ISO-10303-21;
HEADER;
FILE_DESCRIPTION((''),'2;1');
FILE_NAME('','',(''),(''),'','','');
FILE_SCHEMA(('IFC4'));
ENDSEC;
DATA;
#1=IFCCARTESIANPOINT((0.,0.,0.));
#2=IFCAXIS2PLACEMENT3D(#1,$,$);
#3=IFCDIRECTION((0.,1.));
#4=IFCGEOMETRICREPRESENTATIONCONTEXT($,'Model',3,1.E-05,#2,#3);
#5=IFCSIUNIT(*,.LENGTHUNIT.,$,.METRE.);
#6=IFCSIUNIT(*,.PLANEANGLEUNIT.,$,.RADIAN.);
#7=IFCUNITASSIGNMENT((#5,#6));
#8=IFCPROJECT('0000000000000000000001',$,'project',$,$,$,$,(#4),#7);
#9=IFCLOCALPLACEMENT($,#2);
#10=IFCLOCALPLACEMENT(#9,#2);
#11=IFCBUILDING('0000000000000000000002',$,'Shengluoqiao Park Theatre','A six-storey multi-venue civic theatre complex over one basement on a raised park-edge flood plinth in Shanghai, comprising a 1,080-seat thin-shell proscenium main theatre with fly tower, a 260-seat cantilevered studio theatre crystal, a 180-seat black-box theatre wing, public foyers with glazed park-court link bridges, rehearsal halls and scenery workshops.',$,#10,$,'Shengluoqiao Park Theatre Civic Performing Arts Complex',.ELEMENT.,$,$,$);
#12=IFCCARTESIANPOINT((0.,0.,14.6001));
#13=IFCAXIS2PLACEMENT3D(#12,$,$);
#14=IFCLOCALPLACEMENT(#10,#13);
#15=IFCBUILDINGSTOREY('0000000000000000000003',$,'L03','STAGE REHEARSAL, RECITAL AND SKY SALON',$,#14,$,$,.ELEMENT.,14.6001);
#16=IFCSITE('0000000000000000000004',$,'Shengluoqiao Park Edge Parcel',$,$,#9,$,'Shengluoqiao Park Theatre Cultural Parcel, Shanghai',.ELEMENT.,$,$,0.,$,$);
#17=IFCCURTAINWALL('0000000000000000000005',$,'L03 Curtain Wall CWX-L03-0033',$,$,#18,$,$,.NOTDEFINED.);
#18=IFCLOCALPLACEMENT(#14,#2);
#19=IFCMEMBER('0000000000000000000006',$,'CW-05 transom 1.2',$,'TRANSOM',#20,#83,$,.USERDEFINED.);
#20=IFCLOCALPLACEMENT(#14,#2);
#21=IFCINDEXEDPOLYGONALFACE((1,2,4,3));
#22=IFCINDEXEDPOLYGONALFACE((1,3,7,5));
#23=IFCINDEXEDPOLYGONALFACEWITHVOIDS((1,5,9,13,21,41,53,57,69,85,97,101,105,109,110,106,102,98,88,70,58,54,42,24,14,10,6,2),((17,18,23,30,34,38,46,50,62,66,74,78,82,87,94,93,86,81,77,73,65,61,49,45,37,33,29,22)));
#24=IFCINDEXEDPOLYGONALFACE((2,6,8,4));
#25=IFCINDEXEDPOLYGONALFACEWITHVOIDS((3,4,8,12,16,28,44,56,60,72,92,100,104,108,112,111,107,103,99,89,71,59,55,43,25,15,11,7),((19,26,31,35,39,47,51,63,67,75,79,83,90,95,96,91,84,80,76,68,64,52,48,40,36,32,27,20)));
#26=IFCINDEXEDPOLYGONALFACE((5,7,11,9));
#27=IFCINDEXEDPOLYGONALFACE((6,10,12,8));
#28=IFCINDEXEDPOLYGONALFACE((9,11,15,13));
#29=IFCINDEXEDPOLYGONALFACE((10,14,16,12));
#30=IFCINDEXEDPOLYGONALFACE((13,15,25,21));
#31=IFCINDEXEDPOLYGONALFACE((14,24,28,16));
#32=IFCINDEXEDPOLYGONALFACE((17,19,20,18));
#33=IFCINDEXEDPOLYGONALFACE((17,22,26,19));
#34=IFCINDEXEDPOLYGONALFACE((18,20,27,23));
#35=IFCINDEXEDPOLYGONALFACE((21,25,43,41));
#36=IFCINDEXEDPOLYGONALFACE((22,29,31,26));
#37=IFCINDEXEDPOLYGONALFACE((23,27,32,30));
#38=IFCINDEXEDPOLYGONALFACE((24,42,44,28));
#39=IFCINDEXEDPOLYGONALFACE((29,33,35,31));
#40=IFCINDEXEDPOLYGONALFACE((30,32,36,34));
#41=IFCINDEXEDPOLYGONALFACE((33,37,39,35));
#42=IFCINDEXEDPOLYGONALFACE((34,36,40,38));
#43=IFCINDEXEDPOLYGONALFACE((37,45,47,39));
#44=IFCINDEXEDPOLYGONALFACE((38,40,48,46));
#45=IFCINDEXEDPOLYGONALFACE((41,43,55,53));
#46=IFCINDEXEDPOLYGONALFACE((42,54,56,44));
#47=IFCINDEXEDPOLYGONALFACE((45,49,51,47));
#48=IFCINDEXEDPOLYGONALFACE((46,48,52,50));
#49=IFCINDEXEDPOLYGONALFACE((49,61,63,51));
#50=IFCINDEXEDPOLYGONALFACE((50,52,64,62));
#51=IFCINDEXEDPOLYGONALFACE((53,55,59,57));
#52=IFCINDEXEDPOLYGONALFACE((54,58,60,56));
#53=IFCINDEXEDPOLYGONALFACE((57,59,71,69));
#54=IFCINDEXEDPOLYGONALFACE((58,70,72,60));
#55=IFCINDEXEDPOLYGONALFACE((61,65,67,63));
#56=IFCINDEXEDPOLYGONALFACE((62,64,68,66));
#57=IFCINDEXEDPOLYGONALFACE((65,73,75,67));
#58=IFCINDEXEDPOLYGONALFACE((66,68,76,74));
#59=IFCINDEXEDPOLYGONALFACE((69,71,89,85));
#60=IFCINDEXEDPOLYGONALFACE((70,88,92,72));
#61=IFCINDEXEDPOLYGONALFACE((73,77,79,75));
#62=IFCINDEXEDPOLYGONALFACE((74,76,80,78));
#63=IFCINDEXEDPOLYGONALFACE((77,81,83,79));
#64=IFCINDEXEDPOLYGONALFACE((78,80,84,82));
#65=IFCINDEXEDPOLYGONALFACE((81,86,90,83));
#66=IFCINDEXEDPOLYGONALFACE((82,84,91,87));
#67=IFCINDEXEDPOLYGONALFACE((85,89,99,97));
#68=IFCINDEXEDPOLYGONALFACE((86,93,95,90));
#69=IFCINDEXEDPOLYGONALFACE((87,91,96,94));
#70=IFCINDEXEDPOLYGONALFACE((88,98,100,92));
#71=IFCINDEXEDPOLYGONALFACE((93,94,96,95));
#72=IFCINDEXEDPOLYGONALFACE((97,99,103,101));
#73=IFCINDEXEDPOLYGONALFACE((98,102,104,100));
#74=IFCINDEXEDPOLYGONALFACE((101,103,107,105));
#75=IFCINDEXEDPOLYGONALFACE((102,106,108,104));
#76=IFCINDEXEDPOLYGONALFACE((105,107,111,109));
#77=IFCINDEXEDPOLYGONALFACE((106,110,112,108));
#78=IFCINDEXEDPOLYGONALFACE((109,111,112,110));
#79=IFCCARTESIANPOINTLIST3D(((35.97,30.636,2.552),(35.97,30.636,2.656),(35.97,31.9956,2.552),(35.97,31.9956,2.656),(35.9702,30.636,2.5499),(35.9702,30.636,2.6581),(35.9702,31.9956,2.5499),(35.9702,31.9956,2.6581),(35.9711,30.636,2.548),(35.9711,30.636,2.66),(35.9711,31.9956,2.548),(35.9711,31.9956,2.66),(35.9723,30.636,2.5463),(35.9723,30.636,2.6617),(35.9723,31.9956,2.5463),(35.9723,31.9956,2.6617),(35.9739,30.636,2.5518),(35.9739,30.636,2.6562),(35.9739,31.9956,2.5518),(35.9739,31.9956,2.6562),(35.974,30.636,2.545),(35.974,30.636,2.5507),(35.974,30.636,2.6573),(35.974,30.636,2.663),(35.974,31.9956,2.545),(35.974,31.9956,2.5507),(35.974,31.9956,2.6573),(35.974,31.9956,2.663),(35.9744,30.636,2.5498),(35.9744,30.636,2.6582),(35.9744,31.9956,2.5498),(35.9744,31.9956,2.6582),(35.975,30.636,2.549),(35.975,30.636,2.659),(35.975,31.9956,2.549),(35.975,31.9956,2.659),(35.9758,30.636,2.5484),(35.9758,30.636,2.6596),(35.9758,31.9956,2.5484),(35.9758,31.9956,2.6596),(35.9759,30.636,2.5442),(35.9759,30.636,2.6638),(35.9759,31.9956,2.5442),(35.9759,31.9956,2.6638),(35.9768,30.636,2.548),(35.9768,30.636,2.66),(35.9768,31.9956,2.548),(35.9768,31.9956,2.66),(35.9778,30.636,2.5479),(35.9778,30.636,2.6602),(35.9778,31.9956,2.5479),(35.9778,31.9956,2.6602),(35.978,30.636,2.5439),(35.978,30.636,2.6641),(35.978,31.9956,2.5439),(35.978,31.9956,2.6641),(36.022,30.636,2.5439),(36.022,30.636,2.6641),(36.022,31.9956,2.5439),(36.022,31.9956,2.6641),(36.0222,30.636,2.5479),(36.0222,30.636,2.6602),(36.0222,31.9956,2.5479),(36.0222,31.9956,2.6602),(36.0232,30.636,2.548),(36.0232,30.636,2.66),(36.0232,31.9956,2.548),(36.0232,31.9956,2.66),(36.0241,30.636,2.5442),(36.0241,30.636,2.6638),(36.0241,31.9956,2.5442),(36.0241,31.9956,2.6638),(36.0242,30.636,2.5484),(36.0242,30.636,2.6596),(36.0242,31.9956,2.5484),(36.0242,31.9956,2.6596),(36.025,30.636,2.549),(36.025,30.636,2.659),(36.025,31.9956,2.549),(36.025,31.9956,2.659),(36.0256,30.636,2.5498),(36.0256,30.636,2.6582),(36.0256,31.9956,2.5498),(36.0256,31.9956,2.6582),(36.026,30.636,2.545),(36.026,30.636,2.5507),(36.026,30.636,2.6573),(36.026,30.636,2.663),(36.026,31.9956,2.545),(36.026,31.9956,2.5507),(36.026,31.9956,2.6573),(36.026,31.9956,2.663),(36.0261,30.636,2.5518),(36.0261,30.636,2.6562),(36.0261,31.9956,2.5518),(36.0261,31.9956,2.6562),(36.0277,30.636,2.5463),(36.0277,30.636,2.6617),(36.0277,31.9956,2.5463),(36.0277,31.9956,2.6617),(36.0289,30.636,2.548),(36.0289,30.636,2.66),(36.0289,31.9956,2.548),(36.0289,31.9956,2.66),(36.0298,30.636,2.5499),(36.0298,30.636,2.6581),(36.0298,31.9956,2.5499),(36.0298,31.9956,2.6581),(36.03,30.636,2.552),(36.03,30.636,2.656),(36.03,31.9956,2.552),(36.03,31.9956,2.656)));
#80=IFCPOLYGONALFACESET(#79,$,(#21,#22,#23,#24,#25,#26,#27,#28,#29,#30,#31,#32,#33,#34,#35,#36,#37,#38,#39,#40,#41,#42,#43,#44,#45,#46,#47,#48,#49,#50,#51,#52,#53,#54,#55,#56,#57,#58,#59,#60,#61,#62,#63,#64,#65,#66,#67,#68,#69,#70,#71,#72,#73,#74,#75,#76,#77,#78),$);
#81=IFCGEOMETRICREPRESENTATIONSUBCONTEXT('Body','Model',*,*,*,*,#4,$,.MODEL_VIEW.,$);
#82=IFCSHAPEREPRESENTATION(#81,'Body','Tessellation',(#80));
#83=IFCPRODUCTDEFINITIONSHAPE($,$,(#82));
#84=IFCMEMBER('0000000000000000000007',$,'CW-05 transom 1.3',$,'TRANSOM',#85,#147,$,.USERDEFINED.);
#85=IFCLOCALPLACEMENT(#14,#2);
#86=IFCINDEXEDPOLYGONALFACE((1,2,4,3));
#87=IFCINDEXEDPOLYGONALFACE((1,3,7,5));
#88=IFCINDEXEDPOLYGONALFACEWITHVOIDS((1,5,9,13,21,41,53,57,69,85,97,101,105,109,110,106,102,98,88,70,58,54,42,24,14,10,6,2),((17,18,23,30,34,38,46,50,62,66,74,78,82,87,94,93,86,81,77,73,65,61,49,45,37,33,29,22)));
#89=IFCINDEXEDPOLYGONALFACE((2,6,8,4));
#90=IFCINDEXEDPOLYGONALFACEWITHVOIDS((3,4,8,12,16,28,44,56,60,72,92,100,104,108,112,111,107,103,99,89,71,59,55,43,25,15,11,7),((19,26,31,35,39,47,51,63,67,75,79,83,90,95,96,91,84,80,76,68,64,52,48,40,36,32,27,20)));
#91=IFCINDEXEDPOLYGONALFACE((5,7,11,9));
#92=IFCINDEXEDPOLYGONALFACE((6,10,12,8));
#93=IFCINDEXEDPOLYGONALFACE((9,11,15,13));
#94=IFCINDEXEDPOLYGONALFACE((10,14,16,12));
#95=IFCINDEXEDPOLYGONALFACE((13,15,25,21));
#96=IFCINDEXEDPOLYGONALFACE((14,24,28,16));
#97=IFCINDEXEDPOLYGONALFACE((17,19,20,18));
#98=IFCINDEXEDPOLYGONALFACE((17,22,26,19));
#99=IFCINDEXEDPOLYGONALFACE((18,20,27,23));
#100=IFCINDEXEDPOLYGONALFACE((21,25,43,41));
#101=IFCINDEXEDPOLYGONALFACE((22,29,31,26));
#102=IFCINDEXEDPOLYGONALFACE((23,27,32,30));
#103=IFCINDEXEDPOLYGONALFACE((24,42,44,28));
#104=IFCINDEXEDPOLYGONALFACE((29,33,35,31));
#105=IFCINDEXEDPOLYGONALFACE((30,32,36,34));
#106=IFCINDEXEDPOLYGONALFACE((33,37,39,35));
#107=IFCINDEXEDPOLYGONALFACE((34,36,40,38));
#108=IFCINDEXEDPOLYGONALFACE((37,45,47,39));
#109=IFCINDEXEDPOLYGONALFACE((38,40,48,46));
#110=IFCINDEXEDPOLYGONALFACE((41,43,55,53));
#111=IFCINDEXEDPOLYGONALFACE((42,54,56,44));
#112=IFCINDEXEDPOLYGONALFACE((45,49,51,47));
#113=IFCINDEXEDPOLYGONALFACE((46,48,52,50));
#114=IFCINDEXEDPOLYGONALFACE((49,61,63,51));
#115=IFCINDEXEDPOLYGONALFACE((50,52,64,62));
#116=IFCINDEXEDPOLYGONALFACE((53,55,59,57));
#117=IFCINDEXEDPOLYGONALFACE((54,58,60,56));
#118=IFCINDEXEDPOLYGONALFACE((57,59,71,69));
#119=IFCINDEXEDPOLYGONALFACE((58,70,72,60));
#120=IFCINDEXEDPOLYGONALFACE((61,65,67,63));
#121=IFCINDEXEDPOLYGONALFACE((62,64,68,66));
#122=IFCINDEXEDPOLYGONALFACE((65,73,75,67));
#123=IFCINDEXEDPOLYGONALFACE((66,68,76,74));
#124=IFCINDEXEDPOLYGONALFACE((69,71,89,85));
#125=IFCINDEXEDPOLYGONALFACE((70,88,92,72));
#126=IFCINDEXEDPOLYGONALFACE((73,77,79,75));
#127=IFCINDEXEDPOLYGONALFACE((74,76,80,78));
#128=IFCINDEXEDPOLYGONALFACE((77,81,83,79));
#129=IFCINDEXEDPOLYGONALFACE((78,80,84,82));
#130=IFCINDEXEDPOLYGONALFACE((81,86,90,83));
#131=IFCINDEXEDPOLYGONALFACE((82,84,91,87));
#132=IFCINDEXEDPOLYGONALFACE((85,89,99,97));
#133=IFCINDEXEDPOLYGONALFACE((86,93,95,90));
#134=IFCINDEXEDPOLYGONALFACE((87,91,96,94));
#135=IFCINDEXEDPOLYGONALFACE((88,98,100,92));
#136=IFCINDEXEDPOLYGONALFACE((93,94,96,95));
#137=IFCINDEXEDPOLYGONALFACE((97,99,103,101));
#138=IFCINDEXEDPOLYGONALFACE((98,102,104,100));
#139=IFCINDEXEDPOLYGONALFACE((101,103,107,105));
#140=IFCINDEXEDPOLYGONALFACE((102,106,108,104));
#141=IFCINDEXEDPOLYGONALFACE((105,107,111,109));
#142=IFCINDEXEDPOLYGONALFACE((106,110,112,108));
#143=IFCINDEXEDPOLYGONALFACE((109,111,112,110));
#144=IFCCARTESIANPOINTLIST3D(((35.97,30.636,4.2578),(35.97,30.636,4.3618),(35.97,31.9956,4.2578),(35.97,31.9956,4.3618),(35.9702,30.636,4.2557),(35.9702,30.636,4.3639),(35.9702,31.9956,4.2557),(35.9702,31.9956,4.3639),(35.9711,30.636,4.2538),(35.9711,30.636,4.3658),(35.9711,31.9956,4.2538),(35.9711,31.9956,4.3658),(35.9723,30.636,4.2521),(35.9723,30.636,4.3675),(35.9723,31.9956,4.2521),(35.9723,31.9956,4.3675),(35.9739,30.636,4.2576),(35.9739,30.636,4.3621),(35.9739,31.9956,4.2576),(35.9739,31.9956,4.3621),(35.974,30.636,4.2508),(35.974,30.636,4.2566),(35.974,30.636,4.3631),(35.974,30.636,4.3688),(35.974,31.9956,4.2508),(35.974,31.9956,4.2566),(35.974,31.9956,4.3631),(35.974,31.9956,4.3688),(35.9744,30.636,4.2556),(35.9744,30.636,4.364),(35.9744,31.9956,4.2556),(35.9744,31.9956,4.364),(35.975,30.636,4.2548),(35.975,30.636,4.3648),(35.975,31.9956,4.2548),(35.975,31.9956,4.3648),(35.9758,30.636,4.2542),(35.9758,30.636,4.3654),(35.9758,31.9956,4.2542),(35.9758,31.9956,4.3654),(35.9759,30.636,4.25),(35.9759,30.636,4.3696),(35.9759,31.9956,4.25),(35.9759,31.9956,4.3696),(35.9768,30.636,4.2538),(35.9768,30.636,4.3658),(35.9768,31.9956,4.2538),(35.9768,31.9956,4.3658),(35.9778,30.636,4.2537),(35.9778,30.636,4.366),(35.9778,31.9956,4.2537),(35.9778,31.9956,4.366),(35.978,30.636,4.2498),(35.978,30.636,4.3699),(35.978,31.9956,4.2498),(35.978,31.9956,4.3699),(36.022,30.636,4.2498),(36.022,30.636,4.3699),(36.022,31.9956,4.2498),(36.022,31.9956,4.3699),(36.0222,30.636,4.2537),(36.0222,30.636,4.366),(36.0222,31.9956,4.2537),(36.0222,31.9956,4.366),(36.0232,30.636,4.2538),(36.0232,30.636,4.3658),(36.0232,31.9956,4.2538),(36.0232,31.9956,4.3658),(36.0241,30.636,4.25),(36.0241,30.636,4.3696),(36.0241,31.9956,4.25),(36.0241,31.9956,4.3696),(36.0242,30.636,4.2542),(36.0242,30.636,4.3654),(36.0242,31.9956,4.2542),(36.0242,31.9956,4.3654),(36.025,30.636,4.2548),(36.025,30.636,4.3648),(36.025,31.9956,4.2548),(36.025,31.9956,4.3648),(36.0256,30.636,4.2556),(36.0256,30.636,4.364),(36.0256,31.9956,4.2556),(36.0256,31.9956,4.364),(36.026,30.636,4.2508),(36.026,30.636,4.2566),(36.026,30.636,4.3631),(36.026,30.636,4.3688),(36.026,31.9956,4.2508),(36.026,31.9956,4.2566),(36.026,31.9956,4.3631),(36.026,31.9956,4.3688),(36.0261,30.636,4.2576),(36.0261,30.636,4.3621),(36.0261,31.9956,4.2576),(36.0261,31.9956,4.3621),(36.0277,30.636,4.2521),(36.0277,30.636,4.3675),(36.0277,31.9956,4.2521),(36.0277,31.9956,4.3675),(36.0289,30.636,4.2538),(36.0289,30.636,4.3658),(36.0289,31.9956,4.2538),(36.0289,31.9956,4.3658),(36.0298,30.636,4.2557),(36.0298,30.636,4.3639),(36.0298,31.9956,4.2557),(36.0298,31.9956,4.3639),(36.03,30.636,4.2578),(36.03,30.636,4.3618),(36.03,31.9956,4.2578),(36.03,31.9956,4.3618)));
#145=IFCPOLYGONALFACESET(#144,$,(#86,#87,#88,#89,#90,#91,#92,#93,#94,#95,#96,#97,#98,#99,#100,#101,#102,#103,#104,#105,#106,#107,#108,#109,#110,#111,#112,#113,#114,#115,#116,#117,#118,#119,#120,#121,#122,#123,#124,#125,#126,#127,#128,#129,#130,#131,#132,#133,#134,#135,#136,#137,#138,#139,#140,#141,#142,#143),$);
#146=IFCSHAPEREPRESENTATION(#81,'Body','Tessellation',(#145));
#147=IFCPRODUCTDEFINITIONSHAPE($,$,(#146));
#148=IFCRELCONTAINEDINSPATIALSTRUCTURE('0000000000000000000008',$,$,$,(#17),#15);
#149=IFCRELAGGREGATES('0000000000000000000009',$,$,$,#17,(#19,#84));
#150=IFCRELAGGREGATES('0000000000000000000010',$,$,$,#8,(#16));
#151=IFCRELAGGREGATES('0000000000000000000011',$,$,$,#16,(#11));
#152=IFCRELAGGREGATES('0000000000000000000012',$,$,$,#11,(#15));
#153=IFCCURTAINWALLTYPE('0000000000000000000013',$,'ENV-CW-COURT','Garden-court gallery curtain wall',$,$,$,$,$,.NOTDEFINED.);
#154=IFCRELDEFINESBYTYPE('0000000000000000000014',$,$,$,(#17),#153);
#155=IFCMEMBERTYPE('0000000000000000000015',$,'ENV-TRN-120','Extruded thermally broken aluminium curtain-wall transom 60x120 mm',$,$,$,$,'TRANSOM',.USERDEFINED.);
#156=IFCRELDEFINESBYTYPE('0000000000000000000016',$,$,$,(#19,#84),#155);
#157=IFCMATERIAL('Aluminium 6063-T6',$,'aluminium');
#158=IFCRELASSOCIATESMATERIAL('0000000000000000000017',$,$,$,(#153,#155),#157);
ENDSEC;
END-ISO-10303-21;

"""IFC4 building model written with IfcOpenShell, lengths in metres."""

from ifc_helpers import new_model, si_unit, direction, frame, origin, origin_2d, place, context, subcontext, project, spatial, hollow_rectangle, extrude, material, material_profile, profile_set, type_object, element, aggregate, save


model = new_model("IFC4")

# Units and contexts
model_context = context("Model", 3, precision=1e-05, world=origin(), true_north=direction((0.0, 1.0)))
body_context = subcontext(model_context, "Body", "Model", "MODEL_VIEW")
ifc_project = project(units=[si_unit("LENGTHUNIT", "METRE"), si_unit("PLANEANGLEUNIT", "RADIAN")], contexts=[model_context])

# Site, building, storey
site_placement = place(None, origin())
site = spatial("IfcSite", under=ifc_project, at=site_placement, Name="Shengluoqiao Park Edge Parcel", LongName="Shengluoqiao Park Theatre Cultural Parcel, Shanghai", CompositionType="ELEMENT", RefElevation=0.0)
building_placement = place(site_placement, origin())
building = spatial("IfcBuilding", under=site, at=building_placement, Name="Shengluoqiao Park Theatre", Description="A six-storey multi-venue civic theatre complex over one basement on a raised park-edge flood plinth in Shanghai, comprising a 1,080-seat thin-shell proscenium main theatre with fly tower, a 260-seat cantilevered studio theatre crystal, a 180-seat black-box theatre wing, public foyers with glazed park-court link bridges, rehearsal halls and scenery workshops.", LongName="Shengluoqiao Park Theatre Civic Performing Arts Complex", CompositionType="ELEMENT")
storey_placement = place(building_placement, frame((0.0, 0.0, 14.6001)))
storey = spatial("IfcBuildingStorey", under=building, at=storey_placement, Name="L03", Description="STAGE REHEARSAL, RECITAL AND SKY SALON", CompositionType="ELEMENT", Elevation=14.6001)

# Curtain wall
ifc_material_1 = material(Name="Aluminium 6063-T6", Category="aluminium")
curtain_wall_type_1 = type_object("IfcCurtainWallType", Name="ENV-CW-COURT", Description="Garden-court gallery curtain wall", PredefinedType="NOTDEFINED", material=ifc_material_1)
curtain_wall_1_placement = place(storey_placement, origin())
curtain_wall_1 = element("IfcCurtainWall", 1, at=curtain_wall_1_placement, inside=storey, type_object=curtain_wall_type_1, Name="L03 Curtain Wall CWX-L03-0033", PredefinedType="NOTDEFINED")

# Members
ifc_material_profile_1 = material_profile(ifc_material_1, hollow_rectangle(XDim=0.0601, YDim=0.1201, WallThickness=0.0039, InnerFilletRadius=0.0039, OuterFilletRadius=0.0081, at=origin_2d()), Name="ALU TRANSOM 120x60x4")
ifc_profile_set_1 = profile_set([ifc_material_profile_1], Name="Aluminium 6063-T6")
member_type_1 = type_object("IfcMemberType", Name="ENV-TRN-120", Description="Extruded thermally broken aluminium curtain-wall transom 60x120 mm", ElementType="TRANSOM", PredefinedType="USERDEFINED", material=ifc_profile_set_1)
member_1_placement = place(storey_placement, frame((36.0, 30.636, 2.604), z_axis=(0.0, 1.0, 0.0), x_axis=(-1.0, 0.0, 0.0)))
member_1 = element("IfcMember", 2, at=member_1_placement, type_object=member_type_1, Name="CW-05 transom 1.2", ObjectType="TRANSOM", PredefinedType="USERDEFINED", context=body_context, shape_type="SweptSolid", body=[
    extrude(hollow_rectangle(XDim=0.0601, YDim=0.1201, WallThickness=0.0039, InnerFilletRadius=0.0039, OuterFilletRadius=0.0081, at=origin_2d()), origin(), (0.0, 0.0, 1.0), 1.3596),
])
member_2_placement = place(storey_placement, frame((36.0, 30.636, 4.3098), z_axis=(0.0, 1.0, 0.0), x_axis=(-1.0, 0.0, 0.0)))
member_2 = element("IfcMember", 3, at=member_2_placement, type_object=member_type_1, Name="CW-05 transom 1.3", ObjectType="TRANSOM", PredefinedType="USERDEFINED", context=body_context, shape_type="SweptSolid", body=[
    extrude(hollow_rectangle(XDim=0.0601, YDim=0.1201, WallThickness=0.0039, InnerFilletRadius=0.0039, OuterFilletRadius=0.0081, at=origin_2d()), origin(), (0.0, 0.0, 1.0), 1.3596),
])

aggregate(curtain_wall_1, [member_1, member_2])

save(model, "model.ifc")
